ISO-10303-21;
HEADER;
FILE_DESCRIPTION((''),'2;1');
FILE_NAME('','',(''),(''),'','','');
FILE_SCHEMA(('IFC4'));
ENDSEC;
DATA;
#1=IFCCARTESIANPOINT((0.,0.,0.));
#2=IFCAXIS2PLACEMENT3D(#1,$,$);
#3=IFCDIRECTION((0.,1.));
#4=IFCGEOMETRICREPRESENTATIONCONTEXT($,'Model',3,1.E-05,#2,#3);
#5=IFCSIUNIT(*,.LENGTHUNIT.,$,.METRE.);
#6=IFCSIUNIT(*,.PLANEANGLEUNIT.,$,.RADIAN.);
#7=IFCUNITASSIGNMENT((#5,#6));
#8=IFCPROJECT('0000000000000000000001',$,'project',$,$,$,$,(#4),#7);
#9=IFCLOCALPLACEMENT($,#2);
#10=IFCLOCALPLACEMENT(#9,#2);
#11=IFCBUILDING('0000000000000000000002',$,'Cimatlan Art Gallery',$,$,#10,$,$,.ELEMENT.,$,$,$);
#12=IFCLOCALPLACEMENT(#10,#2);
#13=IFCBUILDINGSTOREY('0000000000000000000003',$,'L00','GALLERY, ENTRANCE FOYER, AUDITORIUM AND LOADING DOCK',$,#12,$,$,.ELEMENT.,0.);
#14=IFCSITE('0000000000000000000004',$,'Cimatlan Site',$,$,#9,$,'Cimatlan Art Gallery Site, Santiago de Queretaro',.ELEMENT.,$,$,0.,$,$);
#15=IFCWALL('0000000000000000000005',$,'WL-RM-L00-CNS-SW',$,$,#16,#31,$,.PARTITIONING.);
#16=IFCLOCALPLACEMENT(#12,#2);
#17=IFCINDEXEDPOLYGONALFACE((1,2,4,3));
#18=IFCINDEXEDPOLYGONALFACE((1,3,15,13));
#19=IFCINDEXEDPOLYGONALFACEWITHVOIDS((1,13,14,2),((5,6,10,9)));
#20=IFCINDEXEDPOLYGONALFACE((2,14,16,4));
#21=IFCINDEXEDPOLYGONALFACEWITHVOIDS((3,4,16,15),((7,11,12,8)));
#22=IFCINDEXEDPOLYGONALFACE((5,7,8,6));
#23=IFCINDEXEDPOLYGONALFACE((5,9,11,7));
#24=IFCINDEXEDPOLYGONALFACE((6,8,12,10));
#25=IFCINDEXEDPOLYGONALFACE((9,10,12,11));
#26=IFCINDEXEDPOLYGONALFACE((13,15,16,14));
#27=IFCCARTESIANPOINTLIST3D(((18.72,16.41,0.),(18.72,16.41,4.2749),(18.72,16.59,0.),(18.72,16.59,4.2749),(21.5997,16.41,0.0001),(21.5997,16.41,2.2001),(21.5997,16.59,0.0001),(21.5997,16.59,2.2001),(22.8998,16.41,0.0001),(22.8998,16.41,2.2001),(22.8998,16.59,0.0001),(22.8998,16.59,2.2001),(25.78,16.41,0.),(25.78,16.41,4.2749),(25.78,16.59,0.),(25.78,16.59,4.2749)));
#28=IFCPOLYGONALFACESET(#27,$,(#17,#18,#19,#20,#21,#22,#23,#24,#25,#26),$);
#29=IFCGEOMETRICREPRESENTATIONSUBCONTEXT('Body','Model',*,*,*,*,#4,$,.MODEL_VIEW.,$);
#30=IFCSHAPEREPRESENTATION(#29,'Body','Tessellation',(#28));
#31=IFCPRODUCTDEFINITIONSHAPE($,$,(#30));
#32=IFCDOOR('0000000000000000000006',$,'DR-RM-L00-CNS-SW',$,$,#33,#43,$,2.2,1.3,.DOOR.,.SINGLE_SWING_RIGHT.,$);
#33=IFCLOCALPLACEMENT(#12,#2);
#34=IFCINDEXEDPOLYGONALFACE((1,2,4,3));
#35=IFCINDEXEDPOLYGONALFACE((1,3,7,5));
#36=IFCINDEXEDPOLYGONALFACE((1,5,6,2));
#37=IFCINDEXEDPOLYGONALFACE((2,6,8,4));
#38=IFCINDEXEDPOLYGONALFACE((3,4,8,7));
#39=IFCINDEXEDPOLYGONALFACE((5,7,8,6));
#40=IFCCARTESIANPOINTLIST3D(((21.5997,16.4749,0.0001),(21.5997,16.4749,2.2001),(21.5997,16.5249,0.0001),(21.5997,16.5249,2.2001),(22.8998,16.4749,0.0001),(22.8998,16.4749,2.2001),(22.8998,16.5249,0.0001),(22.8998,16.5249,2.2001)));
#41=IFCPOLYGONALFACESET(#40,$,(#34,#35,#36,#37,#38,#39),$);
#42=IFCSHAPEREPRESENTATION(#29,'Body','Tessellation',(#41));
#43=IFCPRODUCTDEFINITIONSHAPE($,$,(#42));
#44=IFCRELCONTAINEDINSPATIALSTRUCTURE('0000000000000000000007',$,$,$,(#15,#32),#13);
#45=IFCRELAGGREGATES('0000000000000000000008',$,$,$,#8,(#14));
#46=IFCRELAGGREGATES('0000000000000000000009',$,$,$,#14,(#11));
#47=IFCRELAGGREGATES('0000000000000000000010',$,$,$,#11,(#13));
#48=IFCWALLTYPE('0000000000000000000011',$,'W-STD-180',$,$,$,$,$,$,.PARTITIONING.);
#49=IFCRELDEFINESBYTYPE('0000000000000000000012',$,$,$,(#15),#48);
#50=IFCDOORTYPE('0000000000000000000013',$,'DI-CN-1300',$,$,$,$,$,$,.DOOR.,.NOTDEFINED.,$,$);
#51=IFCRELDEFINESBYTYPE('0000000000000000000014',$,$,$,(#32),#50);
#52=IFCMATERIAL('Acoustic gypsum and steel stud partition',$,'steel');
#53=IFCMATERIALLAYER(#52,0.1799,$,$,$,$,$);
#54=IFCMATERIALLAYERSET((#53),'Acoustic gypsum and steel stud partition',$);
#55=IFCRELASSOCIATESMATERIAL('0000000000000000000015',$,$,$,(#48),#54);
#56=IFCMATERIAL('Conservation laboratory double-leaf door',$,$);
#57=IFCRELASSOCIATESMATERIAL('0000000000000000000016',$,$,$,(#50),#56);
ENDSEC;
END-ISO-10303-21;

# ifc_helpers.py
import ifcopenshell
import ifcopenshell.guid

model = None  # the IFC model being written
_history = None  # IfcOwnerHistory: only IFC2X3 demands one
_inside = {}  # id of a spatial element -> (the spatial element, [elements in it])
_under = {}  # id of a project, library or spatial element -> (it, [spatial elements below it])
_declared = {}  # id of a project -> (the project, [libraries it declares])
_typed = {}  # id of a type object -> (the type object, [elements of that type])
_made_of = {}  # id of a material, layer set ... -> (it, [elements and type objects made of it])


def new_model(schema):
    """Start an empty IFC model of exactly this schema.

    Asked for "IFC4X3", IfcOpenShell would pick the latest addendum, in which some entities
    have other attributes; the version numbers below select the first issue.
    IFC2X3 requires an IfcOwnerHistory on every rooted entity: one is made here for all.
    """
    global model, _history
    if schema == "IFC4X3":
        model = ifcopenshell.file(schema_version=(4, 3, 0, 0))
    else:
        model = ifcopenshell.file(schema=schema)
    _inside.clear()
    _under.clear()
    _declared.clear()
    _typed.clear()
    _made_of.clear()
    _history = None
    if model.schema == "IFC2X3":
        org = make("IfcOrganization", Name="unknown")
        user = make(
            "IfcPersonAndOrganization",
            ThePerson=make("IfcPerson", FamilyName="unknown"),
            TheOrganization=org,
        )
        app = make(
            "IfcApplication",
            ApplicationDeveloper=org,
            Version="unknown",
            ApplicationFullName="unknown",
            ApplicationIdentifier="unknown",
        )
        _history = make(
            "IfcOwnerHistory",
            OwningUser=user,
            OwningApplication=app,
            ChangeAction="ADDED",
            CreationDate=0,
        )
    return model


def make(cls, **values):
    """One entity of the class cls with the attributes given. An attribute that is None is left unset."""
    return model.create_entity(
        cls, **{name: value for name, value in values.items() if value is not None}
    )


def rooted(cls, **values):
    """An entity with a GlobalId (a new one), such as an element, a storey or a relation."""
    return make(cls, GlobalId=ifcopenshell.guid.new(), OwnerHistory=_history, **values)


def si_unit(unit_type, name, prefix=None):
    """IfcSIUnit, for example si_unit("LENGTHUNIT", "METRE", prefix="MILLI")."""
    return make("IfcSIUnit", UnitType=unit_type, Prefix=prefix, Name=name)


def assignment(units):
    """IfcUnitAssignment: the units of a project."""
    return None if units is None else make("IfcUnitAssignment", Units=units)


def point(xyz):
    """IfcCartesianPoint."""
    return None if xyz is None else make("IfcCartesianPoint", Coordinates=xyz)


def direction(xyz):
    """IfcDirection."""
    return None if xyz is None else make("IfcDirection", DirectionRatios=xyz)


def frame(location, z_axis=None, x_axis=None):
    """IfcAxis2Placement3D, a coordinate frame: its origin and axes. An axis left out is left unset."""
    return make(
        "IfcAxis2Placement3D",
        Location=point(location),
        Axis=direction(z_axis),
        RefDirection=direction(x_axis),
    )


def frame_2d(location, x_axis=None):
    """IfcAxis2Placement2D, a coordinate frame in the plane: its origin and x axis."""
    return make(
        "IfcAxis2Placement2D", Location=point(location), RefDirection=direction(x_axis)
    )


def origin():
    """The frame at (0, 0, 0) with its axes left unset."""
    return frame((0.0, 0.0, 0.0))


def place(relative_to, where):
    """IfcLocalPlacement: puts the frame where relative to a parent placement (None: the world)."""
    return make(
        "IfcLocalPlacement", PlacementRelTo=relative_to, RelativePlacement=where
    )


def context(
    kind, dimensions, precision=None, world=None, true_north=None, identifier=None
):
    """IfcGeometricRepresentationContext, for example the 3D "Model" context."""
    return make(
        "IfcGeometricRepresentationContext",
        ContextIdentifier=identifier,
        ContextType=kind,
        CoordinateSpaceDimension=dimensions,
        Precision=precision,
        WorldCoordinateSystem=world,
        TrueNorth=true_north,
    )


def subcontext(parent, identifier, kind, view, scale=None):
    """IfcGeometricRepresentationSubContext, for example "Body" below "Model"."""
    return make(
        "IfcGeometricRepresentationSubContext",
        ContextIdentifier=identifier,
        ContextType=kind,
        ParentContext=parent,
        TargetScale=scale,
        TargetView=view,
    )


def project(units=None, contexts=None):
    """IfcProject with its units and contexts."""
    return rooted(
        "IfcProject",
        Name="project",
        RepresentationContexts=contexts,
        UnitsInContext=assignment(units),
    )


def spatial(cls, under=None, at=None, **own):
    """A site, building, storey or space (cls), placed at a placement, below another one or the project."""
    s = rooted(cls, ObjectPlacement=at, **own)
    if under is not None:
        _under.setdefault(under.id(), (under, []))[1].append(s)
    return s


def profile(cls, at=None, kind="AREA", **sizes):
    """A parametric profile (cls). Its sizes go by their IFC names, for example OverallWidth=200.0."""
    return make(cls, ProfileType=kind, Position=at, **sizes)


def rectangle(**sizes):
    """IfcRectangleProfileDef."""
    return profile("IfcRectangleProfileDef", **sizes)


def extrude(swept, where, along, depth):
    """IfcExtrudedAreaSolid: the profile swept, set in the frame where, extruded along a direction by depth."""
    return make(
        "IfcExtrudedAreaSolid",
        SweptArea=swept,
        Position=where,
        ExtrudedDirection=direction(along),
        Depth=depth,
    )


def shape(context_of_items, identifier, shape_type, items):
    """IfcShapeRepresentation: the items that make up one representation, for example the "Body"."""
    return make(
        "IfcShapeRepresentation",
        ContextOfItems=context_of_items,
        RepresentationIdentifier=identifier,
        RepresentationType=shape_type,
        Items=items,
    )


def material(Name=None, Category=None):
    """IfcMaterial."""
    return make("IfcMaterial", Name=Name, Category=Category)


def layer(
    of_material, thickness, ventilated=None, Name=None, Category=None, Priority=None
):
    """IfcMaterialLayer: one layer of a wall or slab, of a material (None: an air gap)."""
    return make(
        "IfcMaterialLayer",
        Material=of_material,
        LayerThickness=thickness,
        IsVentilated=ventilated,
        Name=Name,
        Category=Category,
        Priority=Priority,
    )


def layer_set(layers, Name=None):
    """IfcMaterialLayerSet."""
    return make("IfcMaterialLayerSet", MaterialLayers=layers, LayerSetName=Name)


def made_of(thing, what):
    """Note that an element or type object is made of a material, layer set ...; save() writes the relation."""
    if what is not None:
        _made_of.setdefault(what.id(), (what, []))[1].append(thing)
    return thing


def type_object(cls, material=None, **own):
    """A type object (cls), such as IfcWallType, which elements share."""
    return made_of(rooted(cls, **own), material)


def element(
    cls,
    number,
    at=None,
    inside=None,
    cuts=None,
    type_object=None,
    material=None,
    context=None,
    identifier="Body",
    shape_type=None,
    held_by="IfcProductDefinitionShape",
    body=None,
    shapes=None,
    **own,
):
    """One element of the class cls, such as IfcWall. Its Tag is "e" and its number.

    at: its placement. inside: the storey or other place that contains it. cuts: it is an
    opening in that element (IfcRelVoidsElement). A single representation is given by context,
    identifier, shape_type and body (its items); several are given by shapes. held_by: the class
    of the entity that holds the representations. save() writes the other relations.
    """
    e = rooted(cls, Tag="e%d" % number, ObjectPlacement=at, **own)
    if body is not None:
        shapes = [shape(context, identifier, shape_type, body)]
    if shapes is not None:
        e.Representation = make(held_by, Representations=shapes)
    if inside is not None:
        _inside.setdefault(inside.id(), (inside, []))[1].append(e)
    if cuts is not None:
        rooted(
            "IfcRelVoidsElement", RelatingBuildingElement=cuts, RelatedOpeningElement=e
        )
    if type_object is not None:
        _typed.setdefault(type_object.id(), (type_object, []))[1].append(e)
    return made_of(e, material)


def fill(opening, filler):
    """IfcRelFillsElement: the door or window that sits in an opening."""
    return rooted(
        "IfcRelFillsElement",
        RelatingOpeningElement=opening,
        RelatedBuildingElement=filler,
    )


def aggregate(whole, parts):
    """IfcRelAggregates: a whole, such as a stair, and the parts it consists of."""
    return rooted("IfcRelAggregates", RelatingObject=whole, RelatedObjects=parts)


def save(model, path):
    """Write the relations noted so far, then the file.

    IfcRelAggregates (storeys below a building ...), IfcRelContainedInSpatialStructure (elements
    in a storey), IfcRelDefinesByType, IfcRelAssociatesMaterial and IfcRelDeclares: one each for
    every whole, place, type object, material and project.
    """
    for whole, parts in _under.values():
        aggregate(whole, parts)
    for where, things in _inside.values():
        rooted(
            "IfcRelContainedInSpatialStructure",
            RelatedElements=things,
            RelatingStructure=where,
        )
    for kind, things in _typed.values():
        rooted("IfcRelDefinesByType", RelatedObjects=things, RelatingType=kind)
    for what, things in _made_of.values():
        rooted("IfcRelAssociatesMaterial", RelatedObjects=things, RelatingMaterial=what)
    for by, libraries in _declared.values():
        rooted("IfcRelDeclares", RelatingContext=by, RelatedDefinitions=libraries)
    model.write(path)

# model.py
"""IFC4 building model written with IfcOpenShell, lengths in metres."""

from ifc_helpers import new_model, si_unit, direction, frame, frame_2d, origin, place, context, subcontext, project, spatial, rectangle, extrude, material, layer, layer_set, type_object, element, fill, save


model = new_model("IFC4")

# Units and contexts
model_context = context("Model", 3, precision=1e-05, world=origin(), true_north=direction((0.0, 1.0)))
body_context = subcontext(model_context, "Body", "Model", "MODEL_VIEW")
ifc_project = project(units=[si_unit("LENGTHUNIT", "METRE"), si_unit("PLANEANGLEUNIT", "RADIAN")], contexts=[model_context])

# Site, building, storey
site_placement = place(None, origin())
site = spatial("IfcSite", under=ifc_project, at=site_placement, Name="Cimatlan Site", LongName="Cimatlan Art Gallery Site, Santiago de Queretaro", CompositionType="ELEMENT", RefElevation=0.0)
building_placement = place(site_placement, origin())
building = spatial("IfcBuilding", under=site, at=building_placement, Name="Cimatlan Art Gallery", CompositionType="ELEMENT")
storey_placement = place(building_placement, origin())
storey = spatial("IfcBuildingStorey", under=building, at=storey_placement, Name="L00", Description="GALLERY, ENTRANCE FOYER, AUDITORIUM AND LOADING DOCK", CompositionType="ELEMENT", Elevation=0.0)

# Wall, opening, door
ifc_material_1 = material(Name="Acoustic gypsum and steel stud partition", Category="steel")
ifc_layer_1 = layer(ifc_material_1, 0.1799)
ifc_layer_set_1 = layer_set([ifc_layer_1], Name="Acoustic gypsum and steel stud partition")
wall_type_1 = type_object("IfcWallType", Name="W-STD-180", PredefinedType="PARTITIONING", material=ifc_layer_set_1)
wall_1_placement = place(storey_placement, frame((18.72, 16.5, 0.0), z_axis=(0.0, 0.0, 1.0), x_axis=(1.0, 0.0, 0.0)))
wall_1 = element("IfcWall", 1, at=wall_1_placement, inside=storey, type_object=wall_type_1, Name="WL-RM-L00-CNS-SW", PredefinedType="PARTITIONING", context=body_context, shape_type="SweptSolid", body=[
    extrude(rectangle(XDim=7.0601, YDim=0.1799, at=frame_2d((3.53, 0.0))), origin(), (0.0, 0.0, 1.0), 4.2749),
])
opening_1_placement = place(wall_1_placement, frame((2.8799, 0.0, 0.0)))
opening_1 = element("IfcOpeningElement", 2, at=opening_1_placement, cuts=wall_1, PredefinedType="OPENING", context=body_context, shape_type="SweptSolid", body=[
    extrude(rectangle(XDim=1.3, YDim=2.2, at=frame_2d((0.6499, 1.1001))), frame((0.0, 0.1001, 0.0), z_axis=(0.0, -1.0, 0.0), x_axis=(1.0, 0.0, 0.0)), (0.0, 0.0, 1.0), 0.2),
])
ifc_material_2 = material(Name="Conservation laboratory double-leaf door")
door_type_1 = type_object("IfcDoorType", Name="DI-CN-1300", OperationType="NOTDEFINED", PredefinedType="DOOR", material=ifc_material_2)
door_1_placement = place(opening_1_placement, origin())
door_1 = element("IfcDoor", 3, at=door_1_placement, inside=storey, type_object=door_type_1, Name="DR-RM-L00-CNS-SW", OperationType="SINGLE_SWING_RIGHT", OverallHeight=2.2, OverallWidth=1.3, PredefinedType="DOOR", context=body_context, shape_type="SweptSolid", body=[
    extrude(rectangle(XDim=1.3, YDim=2.2, at=frame_2d((0.6499, 1.1001))), frame((0.0, 0.0249, 0.0), z_axis=(0.0, -1.0, 0.0), x_axis=(1.0, 0.0, 0.0)), (0.0, 0.0, 1.0), 0.05),
])
fill(opening_1, door_1)

save(model, "model.ifc")
